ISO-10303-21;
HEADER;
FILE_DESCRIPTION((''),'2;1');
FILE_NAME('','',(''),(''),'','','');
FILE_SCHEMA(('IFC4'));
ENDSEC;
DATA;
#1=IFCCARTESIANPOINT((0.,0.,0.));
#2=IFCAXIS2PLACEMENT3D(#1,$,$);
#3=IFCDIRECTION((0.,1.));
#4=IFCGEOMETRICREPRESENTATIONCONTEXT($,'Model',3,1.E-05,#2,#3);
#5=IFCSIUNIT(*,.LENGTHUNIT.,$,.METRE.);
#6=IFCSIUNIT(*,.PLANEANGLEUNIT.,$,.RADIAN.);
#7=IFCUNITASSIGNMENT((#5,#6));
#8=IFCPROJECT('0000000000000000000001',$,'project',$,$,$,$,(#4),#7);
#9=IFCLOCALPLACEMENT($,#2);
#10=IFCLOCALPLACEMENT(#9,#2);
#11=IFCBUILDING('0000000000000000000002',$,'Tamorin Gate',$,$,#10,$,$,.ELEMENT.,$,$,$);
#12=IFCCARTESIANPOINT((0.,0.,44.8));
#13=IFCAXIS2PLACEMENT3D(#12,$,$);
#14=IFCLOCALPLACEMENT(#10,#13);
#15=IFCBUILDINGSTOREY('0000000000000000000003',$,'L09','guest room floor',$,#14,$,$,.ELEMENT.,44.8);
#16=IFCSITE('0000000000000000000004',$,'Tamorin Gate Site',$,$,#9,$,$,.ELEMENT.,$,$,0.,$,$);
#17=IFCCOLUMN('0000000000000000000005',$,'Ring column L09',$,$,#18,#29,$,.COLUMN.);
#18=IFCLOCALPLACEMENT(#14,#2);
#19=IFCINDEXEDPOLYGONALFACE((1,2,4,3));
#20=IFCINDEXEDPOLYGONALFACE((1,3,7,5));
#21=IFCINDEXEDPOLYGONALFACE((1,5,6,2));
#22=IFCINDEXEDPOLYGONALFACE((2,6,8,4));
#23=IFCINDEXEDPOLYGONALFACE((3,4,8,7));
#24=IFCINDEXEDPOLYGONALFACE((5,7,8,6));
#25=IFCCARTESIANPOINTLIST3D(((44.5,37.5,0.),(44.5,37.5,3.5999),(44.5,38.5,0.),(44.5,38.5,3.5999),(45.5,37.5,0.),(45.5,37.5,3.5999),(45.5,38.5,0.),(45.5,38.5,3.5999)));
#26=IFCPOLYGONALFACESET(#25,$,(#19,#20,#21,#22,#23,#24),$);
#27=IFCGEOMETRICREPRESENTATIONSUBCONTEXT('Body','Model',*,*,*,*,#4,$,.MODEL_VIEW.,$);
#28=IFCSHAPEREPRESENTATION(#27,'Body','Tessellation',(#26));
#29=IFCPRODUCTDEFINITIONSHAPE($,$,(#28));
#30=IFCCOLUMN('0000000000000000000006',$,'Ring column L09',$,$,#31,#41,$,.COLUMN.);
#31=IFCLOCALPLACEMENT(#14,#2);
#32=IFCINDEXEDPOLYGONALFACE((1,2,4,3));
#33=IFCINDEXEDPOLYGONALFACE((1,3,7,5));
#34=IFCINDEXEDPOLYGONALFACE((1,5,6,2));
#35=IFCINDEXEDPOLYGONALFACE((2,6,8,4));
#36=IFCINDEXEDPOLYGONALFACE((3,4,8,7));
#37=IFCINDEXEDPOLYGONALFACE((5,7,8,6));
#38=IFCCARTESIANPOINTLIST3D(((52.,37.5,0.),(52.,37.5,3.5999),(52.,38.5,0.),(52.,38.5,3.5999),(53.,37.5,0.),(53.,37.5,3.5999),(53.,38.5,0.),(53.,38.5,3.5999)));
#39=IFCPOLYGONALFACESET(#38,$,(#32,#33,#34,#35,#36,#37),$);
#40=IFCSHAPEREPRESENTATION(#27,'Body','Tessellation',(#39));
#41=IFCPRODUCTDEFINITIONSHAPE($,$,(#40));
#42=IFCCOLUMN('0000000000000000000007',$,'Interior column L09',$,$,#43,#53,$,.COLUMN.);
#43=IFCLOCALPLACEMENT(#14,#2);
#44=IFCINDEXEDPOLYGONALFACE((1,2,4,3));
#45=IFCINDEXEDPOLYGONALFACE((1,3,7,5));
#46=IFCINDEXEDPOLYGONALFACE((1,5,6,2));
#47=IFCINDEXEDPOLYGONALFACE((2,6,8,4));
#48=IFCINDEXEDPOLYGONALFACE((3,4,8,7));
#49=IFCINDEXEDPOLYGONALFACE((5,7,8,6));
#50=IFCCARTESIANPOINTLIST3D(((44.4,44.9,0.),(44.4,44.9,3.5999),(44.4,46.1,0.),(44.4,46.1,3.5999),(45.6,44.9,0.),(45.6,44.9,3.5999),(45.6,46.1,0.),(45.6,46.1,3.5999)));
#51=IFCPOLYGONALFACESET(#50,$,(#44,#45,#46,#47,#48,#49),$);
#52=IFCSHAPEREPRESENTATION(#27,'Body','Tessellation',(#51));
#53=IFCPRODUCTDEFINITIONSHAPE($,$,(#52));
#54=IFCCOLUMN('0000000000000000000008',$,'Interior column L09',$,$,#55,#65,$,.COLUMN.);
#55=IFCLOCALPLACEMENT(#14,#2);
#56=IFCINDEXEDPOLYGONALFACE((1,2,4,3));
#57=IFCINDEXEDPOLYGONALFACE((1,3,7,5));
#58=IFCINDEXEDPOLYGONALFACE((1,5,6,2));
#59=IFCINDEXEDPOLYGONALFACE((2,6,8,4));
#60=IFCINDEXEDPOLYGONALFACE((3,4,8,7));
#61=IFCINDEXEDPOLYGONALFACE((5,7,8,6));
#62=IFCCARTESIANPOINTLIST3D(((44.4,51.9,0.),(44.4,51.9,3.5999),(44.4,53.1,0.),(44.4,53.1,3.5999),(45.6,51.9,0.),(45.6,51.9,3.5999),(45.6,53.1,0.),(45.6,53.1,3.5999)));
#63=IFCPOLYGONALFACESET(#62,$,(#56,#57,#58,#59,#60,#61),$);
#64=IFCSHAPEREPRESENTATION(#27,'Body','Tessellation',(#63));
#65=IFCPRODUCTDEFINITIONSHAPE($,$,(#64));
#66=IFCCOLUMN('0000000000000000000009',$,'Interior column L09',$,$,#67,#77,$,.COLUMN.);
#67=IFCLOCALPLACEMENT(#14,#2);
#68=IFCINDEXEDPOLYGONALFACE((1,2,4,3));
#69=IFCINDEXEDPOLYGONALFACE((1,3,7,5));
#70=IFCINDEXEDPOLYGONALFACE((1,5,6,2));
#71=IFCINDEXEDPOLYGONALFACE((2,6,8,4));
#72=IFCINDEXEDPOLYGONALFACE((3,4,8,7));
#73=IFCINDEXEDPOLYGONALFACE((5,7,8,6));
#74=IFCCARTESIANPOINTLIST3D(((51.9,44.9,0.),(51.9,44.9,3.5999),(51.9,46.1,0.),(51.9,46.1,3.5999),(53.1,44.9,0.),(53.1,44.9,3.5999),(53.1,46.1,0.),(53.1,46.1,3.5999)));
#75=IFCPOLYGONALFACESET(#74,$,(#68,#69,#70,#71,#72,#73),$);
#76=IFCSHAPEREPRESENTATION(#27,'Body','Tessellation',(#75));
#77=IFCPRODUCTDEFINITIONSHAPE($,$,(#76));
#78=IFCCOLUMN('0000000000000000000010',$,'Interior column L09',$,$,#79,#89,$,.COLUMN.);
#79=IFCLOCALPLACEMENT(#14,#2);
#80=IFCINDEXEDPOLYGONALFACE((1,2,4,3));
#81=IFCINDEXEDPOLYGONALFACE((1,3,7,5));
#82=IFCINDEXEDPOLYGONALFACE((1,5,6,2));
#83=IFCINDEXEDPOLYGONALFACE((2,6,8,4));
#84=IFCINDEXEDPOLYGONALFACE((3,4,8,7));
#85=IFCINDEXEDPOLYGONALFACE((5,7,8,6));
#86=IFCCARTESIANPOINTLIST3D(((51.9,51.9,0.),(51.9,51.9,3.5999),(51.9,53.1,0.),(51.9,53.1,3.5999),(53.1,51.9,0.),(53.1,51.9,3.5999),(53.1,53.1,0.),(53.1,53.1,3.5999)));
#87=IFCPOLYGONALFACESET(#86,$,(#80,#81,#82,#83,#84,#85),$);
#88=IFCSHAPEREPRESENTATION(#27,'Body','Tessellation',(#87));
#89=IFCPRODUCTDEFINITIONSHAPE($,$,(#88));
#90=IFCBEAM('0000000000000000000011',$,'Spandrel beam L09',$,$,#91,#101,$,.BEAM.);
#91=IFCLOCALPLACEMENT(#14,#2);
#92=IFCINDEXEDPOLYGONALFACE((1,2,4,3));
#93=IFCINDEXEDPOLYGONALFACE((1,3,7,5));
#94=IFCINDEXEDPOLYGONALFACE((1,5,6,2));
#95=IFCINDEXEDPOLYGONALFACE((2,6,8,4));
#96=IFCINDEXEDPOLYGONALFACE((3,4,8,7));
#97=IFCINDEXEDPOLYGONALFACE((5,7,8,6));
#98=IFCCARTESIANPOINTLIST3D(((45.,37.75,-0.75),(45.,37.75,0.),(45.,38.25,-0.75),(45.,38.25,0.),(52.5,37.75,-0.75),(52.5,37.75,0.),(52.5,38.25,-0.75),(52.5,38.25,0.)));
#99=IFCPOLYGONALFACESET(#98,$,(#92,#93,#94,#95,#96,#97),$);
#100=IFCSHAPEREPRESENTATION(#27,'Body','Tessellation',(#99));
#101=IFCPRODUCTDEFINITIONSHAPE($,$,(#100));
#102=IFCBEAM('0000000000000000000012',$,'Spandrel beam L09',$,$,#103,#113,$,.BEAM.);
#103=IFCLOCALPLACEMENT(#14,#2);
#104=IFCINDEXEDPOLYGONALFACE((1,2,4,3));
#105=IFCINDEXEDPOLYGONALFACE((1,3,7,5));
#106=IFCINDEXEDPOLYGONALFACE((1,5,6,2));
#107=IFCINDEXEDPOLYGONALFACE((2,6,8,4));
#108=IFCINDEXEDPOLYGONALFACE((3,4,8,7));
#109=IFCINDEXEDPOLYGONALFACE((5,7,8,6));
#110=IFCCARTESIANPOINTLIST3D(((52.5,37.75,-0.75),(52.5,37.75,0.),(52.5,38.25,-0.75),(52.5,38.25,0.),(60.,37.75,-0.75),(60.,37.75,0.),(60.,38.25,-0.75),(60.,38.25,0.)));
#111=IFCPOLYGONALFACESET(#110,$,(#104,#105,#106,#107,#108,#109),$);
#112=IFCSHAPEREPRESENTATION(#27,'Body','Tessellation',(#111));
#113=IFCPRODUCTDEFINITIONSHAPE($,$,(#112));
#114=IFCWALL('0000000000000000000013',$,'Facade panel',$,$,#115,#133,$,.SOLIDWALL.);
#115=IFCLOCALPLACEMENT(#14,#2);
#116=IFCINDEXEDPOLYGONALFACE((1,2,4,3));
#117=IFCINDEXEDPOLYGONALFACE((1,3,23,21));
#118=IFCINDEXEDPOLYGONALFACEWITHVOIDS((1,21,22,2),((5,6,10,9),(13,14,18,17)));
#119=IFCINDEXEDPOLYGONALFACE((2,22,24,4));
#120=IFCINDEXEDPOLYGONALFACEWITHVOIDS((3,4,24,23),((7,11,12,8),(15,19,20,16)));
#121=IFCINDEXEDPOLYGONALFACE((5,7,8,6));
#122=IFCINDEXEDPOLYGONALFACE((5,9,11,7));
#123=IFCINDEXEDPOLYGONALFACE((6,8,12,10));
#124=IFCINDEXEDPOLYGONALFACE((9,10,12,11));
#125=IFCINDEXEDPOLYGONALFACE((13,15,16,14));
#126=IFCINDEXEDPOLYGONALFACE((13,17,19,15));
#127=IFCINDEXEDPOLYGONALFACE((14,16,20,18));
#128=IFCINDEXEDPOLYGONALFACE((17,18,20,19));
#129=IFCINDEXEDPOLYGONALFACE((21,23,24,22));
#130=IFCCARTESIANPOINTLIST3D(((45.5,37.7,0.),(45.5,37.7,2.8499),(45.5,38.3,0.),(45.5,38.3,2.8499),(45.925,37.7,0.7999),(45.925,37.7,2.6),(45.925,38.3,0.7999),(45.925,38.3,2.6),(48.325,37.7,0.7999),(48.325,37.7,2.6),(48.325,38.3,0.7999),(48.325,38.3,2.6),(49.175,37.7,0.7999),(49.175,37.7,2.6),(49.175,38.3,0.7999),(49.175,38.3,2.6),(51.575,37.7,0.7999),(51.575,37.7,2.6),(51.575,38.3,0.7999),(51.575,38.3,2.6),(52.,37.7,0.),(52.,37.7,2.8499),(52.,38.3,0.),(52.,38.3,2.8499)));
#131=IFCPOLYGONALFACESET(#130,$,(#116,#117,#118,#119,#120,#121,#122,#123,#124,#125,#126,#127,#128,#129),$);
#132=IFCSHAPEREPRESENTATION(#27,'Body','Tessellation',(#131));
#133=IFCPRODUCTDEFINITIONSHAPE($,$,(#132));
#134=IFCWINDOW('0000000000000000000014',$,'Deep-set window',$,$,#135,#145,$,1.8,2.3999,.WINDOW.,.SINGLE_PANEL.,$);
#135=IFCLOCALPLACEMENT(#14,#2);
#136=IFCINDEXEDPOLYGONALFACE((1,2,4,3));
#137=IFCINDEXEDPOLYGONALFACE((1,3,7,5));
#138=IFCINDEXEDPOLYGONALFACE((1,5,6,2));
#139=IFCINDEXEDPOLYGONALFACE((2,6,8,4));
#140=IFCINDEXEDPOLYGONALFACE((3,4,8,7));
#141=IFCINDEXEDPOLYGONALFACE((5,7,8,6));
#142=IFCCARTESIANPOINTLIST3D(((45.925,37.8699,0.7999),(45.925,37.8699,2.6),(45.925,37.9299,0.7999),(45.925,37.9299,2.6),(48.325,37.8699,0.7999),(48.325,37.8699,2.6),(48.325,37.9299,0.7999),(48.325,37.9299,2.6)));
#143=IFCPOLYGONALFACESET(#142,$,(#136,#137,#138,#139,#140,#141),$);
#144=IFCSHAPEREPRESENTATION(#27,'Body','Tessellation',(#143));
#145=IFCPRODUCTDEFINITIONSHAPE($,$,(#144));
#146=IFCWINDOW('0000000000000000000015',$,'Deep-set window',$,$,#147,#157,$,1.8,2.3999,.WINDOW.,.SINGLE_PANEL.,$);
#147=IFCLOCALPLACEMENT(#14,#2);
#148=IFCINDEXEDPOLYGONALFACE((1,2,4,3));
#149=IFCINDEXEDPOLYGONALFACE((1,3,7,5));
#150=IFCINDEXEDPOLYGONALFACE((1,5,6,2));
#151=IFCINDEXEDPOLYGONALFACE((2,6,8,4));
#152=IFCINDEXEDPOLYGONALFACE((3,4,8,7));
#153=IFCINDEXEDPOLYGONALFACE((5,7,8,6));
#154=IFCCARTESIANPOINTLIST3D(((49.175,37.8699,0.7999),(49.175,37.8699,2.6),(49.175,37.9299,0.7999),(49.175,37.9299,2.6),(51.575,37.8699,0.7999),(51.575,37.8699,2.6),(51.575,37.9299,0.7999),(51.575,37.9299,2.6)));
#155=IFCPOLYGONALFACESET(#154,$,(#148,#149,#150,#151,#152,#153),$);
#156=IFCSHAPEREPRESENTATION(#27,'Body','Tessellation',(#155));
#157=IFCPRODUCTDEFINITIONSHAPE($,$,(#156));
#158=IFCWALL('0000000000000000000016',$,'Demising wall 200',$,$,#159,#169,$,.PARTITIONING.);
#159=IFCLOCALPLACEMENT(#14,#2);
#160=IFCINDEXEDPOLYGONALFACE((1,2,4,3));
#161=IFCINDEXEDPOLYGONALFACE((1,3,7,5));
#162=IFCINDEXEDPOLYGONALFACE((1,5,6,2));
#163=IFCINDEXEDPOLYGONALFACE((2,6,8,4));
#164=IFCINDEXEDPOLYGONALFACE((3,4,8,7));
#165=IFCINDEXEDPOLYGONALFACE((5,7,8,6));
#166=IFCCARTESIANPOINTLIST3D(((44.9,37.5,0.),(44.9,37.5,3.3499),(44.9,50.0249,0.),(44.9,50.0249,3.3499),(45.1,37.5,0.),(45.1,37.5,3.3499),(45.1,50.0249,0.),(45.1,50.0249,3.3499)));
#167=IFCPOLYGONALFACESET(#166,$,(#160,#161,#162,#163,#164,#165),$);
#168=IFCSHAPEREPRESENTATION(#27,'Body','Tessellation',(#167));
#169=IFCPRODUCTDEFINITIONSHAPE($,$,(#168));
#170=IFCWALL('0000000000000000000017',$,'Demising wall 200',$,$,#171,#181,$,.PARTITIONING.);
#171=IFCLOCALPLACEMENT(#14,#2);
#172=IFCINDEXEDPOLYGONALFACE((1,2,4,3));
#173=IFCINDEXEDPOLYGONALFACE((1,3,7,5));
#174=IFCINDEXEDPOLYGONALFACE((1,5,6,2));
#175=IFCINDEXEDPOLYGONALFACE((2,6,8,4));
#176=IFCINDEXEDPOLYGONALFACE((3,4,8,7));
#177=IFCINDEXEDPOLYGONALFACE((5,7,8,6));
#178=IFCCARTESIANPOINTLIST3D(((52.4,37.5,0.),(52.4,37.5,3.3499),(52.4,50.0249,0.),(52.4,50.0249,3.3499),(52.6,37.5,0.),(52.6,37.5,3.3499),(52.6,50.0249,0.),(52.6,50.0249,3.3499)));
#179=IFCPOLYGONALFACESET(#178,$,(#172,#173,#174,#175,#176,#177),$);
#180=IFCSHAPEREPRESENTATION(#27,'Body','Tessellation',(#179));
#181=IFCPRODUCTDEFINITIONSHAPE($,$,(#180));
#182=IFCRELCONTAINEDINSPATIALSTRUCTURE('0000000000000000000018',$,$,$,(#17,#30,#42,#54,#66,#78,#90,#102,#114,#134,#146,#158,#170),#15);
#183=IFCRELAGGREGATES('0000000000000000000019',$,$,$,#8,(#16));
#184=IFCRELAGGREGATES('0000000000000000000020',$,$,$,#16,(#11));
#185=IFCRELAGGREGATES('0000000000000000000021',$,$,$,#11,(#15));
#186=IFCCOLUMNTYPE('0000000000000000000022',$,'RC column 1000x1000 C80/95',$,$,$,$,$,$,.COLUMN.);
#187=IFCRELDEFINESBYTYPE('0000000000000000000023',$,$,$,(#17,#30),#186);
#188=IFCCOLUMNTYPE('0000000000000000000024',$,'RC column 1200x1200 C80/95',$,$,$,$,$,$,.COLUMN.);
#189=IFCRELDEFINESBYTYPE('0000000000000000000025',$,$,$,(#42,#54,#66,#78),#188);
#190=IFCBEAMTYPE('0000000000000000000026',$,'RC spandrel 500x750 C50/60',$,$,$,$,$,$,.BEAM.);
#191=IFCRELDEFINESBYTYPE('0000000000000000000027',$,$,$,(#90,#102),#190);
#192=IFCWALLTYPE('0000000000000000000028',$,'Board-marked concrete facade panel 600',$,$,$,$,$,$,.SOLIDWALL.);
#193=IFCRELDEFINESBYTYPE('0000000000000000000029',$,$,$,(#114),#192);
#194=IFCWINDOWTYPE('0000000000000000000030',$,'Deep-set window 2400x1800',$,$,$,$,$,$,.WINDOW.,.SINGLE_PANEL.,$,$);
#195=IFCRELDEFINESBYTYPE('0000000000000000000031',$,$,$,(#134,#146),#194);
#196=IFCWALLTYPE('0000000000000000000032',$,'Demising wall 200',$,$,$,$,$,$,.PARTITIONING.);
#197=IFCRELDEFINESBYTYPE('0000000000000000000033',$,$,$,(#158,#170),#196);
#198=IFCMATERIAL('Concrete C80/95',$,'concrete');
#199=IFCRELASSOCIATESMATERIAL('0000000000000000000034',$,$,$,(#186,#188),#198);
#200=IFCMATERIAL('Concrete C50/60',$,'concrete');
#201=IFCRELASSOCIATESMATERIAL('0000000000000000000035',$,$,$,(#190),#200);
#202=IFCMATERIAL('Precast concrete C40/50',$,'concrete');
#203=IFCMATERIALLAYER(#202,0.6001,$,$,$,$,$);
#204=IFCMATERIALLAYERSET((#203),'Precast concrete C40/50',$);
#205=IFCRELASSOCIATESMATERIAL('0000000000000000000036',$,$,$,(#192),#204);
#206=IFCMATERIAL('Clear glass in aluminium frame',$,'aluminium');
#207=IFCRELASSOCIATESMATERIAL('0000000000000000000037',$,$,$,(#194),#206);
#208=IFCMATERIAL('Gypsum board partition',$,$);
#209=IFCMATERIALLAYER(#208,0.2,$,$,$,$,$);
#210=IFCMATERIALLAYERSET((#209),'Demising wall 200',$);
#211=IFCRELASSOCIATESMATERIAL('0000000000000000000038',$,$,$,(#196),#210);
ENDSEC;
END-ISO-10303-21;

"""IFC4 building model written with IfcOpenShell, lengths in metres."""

from ifc_helpers import new_model, si_unit, direction, frame, frame_2d, origin, origin_2d, place, context, subcontext, project, spatial, rectangle, extrude, material, layer, layer_set, material_profile, profile_set, type_object, element, fill, save


model = new_model("IFC4")

# Units and contexts
model_context = context("Model", 3, precision=1e-05, world=origin(), true_north=direction((0.0, 1.0)))
body_context = subcontext(model_context, "Body", "Model", "MODEL_VIEW")
ifc_project = project(units=[si_unit("LENGTHUNIT", "METRE"), si_unit("PLANEANGLEUNIT", "RADIAN")], contexts=[model_context])

# Site, building, storey
site_placement = place(None, origin())
site = spatial("IfcSite", under=ifc_project, at=site_placement, Name="Tamorin Gate Site", CompositionType="ELEMENT", RefElevation=0.0)
building_placement = place(site_placement, origin())
building = spatial("IfcBuilding", under=site, at=building_placement, Name="Tamorin Gate", CompositionType="ELEMENT")
storey_placement = place(building_placement, frame((0.0, 0.0, 44.8)))
storey = spatial("IfcBuildingStorey", under=building, at=storey_placement, Name="L09", Description="guest room floor", CompositionType="ELEMENT", Elevation=44.8)

# Columns
ifc_material_1 = material(Name="Concrete C80/95", Category="concrete")
ifc_material_profile_1 = material_profile(ifc_material_1, rectangle(XDim=1.0, YDim=1.0, at=origin_2d()), Name="RC 1000x1000")
ifc_profile_set_1 = profile_set([ifc_material_profile_1], Name="Concrete C80/95")
column_type_1 = type_object("IfcColumnType", Name="RC column 1000x1000 C80/95", PredefinedType="COLUMN", material=ifc_profile_set_1)
for number, where, z_axis, x_axis, name in (
    (1, (45.0, 38.0, 0.0), (0.0, 0.0, 1.0), (1.0, 0.0, 0.0), "Ring column L09"),
    (2, (52.5, 38.0, 0.0), (0.0, 0.0, 1.0), (1.0, 0.0, 0.0), "Ring column L09"),
):
    element("IfcColumn", number, at=place(storey_placement, frame(where, z_axis=z_axis, x_axis=x_axis)), inside=storey, type_object=column_type_1, Name=name, PredefinedType="COLUMN", context=body_context, shape_type="SweptSolid", body=[
        extrude(rectangle(XDim=1.0, YDim=1.0, at=origin_2d()), origin(), (0.0, 0.0, 1.0), 3.5999),
    ])
ifc_material_profile_2 = material_profile(ifc_material_1, rectangle(XDim=1.2, YDim=1.2, at=origin_2d()), Name="RC 1200x1200")
ifc_profile_set_2 = profile_set([ifc_material_profile_2], Name="Concrete C80/95")
column_type_2 = type_object("IfcColumnType", Name="RC column 1200x1200 C80/95", PredefinedType="COLUMN", material=ifc_profile_set_2)
for number, where, z_axis, x_axis, name in (
    (3, (45.0, 45.5, 0.0), (0.0, 0.0, 1.0), (1.0, 0.0, 0.0), "Interior column L09"),
    (4, (45.0, 52.5, 0.0), (0.0, 0.0, 1.0), (1.0, 0.0, 0.0), "Interior column L09"),
    (5, (52.5, 45.5, 0.0), (0.0, 0.0, 1.0), (1.0, 0.0, 0.0), "Interior column L09"),
    (6, (52.5, 52.5, 0.0), (0.0, 0.0, 1.0), (1.0, 0.0, 0.0), "Interior column L09"),
):
    element("IfcColumn", number, at=place(storey_placement, frame(where, z_axis=z_axis, x_axis=x_axis)), inside=storey, type_object=column_type_2, Name=name, PredefinedType="COLUMN", context=body_context, shape_type="SweptSolid", body=[
        extrude(rectangle(XDim=1.2, YDim=1.2, at=origin_2d()), origin(), (0.0, 0.0, 1.0), 3.5999),
    ])

# Beams
ifc_material_2 = material(Name="Concrete C50/60", Category="concrete")
ifc_material_profile_3 = material_profile(ifc_material_2, rectangle(XDim=0.5, YDim=0.75, at=origin_2d()), Name="RC 500x750")
ifc_profile_set_3 = profile_set([ifc_material_profile_3], Name="Concrete C50/60")
beam_type = type_object("IfcBeamType", Name="RC spandrel 500x750 C50/60", PredefinedType="BEAM", material=ifc_profile_set_3)
for number, where, z_axis, x_axis, name in (
    (7, (45.0, 38.0, -0.375), (1.0, 0.0, 0.0), (0.0, 1.0, 0.0), "Spandrel beam L09"),
    (8, (52.5, 38.0, -0.375), (1.0, 0.0, 0.0), (0.0, 1.0, 0.0), "Spandrel beam L09"),
):
    element("IfcBeam", number, at=place(storey_placement, frame(where, z_axis=z_axis, x_axis=x_axis)), inside=storey, type_object=beam_type, Name=name, PredefinedType="BEAM", context=body_context, shape_type="SweptSolid", body=[
        extrude(rectangle(XDim=0.5, YDim=0.75, at=origin_2d()), origin(), (0.0, 0.0, 1.0), 7.5),
    ])

# Wall, openings, windows
ifc_material_3 = material(Name="Precast concrete C40/50", Category="concrete")
ifc_layer_1 = layer(ifc_material_3, 0.6001)
ifc_layer_set_1 = layer_set([ifc_layer_1], Name="Precast concrete C40/50")
wall_type_1 = type_object("IfcWallType", Name="Board-marked concrete facade panel 600", PredefinedType="SOLIDWALL", material=ifc_layer_set_1)
wall_1_placement = place(storey_placement, frame((45.5, 38.0, 0.0), z_axis=(0.0, 0.0, 1.0), x_axis=(1.0, 0.0, 0.0)))
wall_1 = element("IfcWall", 9, at=wall_1_placement, inside=storey, type_object=wall_type_1, Name="Facade panel", PredefinedType="SOLIDWALL", context=body_context, shape_type="SweptSolid", body=[
    extrude(rectangle(XDim=6.5, YDim=0.6001, at=frame_2d((3.25, 0.0))), origin(), (0.0, 0.0, 1.0), 2.8499),
])
opening_1_placement = place(wall_1_placement, frame((0.425, 0.0, 0.8)))
opening_1 = element("IfcOpeningElement", 10, at=opening_1_placement, cuts=wall_1, PredefinedType="OPENING", context=body_context, shape_type="SweptSolid", body=[
    extrude(rectangle(XDim=2.3999, YDim=1.8, at=frame_2d((1.2, 0.8999))), frame((0.0, 0.3101, 0.0), z_axis=(0.0, -1.0, 0.0), x_axis=(1.0, 0.0, 0.0)), (0.0, 0.0, 1.0), 0.6201),
])
opening_2_placement = place(wall_1_placement, frame((3.675, 0.0, 0.8)))
opening_2 = element("IfcOpeningElement", 11, at=opening_2_placement, cuts=wall_1, PredefinedType="OPENING", context=body_context, shape_type="SweptSolid", body=[
    extrude(rectangle(XDim=2.3999, YDim=1.8, at=frame_2d((1.2, 0.8999))), frame((0.0, 0.3101, 0.0), z_axis=(0.0, -1.0, 0.0), x_axis=(1.0, 0.0, 0.0)), (0.0, 0.0, 1.0), 0.6201),
])
ifc_material_4 = material(Name="Clear glass in aluminium frame", Category="aluminium")
window_type = type_object("IfcWindowType", Name="Deep-set window 2400x1800", PartitioningType="SINGLE_PANEL", PredefinedType="WINDOW", material=ifc_material_4)
window_1_placement = place(opening_1_placement, origin())
window_1 = element("IfcWindow", 12, at=window_1_placement, inside=storey, type_object=window_type, Name="Deep-set window", OverallHeight=1.8, OverallWidth=2.3999, PartitioningType="SINGLE_PANEL", PredefinedType="WINDOW", context=body_context, shape_type="SweptSolid", body=[
    extrude(rectangle(XDim=2.3999, YDim=1.8, at=frame_2d((1.2, 0.8999))), frame((0.0, -0.0701, 0.0), z_axis=(0.0, -1.0, 0.0), x_axis=(1.0, 0.0, 0.0)), (0.0, 0.0, 1.0), 0.0601),
])
fill(opening_1, window_1)
window_2_placement = place(opening_2_placement, origin())
window_2 = element("IfcWindow", 13, at=window_2_placement, inside=storey, type_object=window_type, Name="Deep-set window", OverallHeight=1.8, OverallWidth=2.3999, PartitioningType="SINGLE_PANEL", PredefinedType="WINDOW", context=body_context, shape_type="SweptSolid", body=[
    extrude(rectangle(XDim=2.3999, YDim=1.8, at=frame_2d((1.2, 0.8999))), frame((0.0, -0.0701, 0.0), z_axis=(0.0, -1.0, 0.0), x_axis=(1.0, 0.0, 0.0)), (0.0, 0.0, 1.0), 0.0601),
])
fill(opening_2, window_2)

# Walls
ifc_material_5 = material(Name="Gypsum board partition")
ifc_layer_2 = layer(ifc_material_5, 0.2)
ifc_layer_set_2 = layer_set([ifc_layer_2], Name="Demising wall 200")
wall_type_2 = type_object("IfcWallType", Name="Demising wall 200", PredefinedType="PARTITIONING", material=ifc_layer_set_2)
for number, where, z_axis, x_axis, name in (
    (14, (45.0, 37.5, 0.0), (0.0, 0.0, 1.0), (0.0, 1.0, 0.0), "Demising wall 200"),
    (15, (52.5, 37.5, 0.0), (0.0, 0.0, 1.0), (0.0, 1.0, 0.0), "Demising wall 200"),
):
    element("IfcWall", number, at=place(storey_placement, frame(where, z_axis=z_axis, x_axis=x_axis)), inside=storey, type_object=wall_type_2, Name=name, PredefinedType="PARTITIONING", context=body_context, shape_type="SweptSolid", body=[
        extrude(rectangle(XDim=12.5249, YDim=0.2, at=frame_2d((6.2625, 0.0))), origin(), (0.0, 0.0, 1.0), 3.3499),
    ])

save(model, "model.ifc")
